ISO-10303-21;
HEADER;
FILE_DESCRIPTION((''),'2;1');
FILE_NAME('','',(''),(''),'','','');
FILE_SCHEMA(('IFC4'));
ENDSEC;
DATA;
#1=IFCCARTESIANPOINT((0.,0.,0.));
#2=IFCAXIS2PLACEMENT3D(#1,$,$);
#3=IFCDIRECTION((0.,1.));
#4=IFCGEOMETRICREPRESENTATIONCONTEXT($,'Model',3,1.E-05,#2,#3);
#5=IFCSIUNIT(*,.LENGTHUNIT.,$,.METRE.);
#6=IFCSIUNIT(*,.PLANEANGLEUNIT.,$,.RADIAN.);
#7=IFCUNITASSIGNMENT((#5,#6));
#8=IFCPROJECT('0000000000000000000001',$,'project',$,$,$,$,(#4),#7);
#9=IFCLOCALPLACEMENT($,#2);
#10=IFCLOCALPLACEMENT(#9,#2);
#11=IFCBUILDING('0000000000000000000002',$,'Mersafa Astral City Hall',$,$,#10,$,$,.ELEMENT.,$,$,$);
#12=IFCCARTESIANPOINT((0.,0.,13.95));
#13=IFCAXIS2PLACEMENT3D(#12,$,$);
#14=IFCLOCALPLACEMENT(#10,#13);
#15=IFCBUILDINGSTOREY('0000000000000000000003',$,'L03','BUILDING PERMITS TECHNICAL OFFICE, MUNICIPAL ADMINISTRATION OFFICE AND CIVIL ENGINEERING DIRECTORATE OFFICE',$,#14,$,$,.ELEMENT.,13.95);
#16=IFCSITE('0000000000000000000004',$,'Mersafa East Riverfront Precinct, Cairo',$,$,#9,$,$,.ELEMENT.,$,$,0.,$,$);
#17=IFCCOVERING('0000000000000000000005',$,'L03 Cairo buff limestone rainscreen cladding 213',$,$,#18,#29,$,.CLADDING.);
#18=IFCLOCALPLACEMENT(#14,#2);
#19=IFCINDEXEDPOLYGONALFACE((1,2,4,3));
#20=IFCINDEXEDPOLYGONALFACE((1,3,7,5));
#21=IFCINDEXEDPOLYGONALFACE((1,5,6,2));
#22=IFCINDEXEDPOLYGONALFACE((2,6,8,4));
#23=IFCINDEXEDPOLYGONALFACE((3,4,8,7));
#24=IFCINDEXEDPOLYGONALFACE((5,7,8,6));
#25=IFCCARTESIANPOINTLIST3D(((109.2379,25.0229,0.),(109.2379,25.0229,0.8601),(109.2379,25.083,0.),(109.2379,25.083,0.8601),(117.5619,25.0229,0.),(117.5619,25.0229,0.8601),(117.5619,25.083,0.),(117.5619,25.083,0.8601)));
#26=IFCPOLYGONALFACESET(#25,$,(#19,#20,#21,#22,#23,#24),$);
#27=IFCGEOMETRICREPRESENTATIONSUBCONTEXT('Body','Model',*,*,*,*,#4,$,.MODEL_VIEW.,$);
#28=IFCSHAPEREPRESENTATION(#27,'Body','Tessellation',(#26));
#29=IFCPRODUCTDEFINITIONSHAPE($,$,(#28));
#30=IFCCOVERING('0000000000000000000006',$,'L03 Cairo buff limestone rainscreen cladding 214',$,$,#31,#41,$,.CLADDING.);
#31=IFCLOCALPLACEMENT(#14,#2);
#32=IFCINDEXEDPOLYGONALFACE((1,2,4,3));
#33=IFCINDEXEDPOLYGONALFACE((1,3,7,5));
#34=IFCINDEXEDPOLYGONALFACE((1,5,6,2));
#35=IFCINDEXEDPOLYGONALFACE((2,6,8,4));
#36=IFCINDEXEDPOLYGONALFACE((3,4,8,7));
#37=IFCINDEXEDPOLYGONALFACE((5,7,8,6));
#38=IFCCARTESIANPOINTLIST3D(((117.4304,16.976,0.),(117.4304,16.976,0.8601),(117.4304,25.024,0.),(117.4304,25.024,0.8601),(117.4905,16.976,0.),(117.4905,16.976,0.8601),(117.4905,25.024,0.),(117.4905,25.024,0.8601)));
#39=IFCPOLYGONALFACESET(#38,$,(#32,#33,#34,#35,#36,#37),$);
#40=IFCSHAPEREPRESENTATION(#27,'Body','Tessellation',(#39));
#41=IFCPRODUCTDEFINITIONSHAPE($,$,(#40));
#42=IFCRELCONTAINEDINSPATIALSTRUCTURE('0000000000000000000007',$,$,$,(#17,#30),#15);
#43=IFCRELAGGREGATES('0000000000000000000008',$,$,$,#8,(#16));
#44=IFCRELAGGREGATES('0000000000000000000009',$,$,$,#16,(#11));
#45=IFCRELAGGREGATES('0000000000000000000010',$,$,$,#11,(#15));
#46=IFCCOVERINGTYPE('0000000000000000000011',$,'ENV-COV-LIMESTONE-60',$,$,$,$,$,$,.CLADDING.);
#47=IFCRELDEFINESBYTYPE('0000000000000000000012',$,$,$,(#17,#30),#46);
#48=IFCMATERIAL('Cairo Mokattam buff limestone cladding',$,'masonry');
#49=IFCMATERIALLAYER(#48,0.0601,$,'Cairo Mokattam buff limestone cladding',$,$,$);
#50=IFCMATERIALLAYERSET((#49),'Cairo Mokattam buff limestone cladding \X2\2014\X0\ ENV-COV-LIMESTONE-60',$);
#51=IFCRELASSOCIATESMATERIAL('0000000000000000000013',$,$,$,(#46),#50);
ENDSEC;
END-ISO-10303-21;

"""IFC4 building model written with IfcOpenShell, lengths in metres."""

from ifc_helpers import new_model, si_unit, direction, frame, origin, origin_2d, place, context, subcontext, project, spatial, rectangle, extrude, material, layer, layer_set, type_object, element, save


model = new_model("IFC4")

# Units and contexts
model_context = context("Model", 3, precision=1e-05, world=origin(), true_north=direction((0.0, 1.0)))
body_context = subcontext(model_context, "Body", "Model", "MODEL_VIEW")
ifc_project = project(units=[si_unit("LENGTHUNIT", "METRE"), si_unit("PLANEANGLEUNIT", "RADIAN")], contexts=[model_context])

# Site, building, storey
site_placement = place(None, origin())
site = spatial("IfcSite", under=ifc_project, at=site_placement, Name="Mersafa East Riverfront Precinct, Cairo", CompositionType="ELEMENT", RefElevation=0.0)
building_placement = place(site_placement, origin())
building = spatial("IfcBuilding", under=site, at=building_placement, Name="Mersafa Astral City Hall", CompositionType="ELEMENT")
storey_placement = place(building_placement, frame((0.0, 0.0, 13.95)))
storey = spatial("IfcBuildingStorey", under=building, at=storey_placement, Name="L03", Description="BUILDING PERMITS TECHNICAL OFFICE, MUNICIPAL ADMINISTRATION OFFICE AND CIVIL ENGINEERING DIRECTORATE OFFICE", CompositionType="ELEMENT", Elevation=13.95)

# Coverings
ifc_material_1 = material(Name="Cairo Mokattam buff limestone cladding", Category="masonry")
ifc_layer_1 = layer(ifc_material_1, 0.0601, Name="Cairo Mokattam buff limestone cladding")
ifc_layer_set_1 = layer_set([ifc_layer_1], Name="Cairo Mokattam buff limestone cladding — ENV-COV-LIMESTONE-60")
covering_type = type_object("IfcCoveringType", Name="ENV-COV-LIMESTONE-60", PredefinedType="CLADDING", material=ifc_layer_set_1)
covering_1_placement = place(storey_placement, frame((113.3999, 25.053, 0.0), z_axis=(0.0, 0.0, 1.0), x_axis=(1.0, 0.0, 0.0)))
element("IfcCovering", 1, at=covering_1_placement, inside=storey, type_object=covering_type, Name="L03 Cairo buff limestone rainscreen cladding 213", PredefinedType="CLADDING", context=body_context, shape_type="SweptSolid", body=[
    extrude(rectangle(XDim=8.324, YDim=0.0601, at=origin_2d()), origin(), (0.0, 0.0, 1.0), 0.8601),
])
covering_2_placement = place(storey_placement, frame((117.4604, 21.0, 0.0), z_axis=(0.0, 0.0, 1.0), x_axis=(0.0, -1.0, 0.0)))
element("IfcCovering", 2, at=covering_2_placement, inside=storey, type_object=covering_type, Name="L03 Cairo buff limestone rainscreen cladding 214", PredefinedType="CLADDING", context=body_context, shape_type="SweptSolid", body=[
    extrude(rectangle(XDim=8.0481, YDim=0.0601, at=origin_2d()), origin(), (0.0, 0.0, 1.0), 0.8601),
])

save(model, "model.ifc")
